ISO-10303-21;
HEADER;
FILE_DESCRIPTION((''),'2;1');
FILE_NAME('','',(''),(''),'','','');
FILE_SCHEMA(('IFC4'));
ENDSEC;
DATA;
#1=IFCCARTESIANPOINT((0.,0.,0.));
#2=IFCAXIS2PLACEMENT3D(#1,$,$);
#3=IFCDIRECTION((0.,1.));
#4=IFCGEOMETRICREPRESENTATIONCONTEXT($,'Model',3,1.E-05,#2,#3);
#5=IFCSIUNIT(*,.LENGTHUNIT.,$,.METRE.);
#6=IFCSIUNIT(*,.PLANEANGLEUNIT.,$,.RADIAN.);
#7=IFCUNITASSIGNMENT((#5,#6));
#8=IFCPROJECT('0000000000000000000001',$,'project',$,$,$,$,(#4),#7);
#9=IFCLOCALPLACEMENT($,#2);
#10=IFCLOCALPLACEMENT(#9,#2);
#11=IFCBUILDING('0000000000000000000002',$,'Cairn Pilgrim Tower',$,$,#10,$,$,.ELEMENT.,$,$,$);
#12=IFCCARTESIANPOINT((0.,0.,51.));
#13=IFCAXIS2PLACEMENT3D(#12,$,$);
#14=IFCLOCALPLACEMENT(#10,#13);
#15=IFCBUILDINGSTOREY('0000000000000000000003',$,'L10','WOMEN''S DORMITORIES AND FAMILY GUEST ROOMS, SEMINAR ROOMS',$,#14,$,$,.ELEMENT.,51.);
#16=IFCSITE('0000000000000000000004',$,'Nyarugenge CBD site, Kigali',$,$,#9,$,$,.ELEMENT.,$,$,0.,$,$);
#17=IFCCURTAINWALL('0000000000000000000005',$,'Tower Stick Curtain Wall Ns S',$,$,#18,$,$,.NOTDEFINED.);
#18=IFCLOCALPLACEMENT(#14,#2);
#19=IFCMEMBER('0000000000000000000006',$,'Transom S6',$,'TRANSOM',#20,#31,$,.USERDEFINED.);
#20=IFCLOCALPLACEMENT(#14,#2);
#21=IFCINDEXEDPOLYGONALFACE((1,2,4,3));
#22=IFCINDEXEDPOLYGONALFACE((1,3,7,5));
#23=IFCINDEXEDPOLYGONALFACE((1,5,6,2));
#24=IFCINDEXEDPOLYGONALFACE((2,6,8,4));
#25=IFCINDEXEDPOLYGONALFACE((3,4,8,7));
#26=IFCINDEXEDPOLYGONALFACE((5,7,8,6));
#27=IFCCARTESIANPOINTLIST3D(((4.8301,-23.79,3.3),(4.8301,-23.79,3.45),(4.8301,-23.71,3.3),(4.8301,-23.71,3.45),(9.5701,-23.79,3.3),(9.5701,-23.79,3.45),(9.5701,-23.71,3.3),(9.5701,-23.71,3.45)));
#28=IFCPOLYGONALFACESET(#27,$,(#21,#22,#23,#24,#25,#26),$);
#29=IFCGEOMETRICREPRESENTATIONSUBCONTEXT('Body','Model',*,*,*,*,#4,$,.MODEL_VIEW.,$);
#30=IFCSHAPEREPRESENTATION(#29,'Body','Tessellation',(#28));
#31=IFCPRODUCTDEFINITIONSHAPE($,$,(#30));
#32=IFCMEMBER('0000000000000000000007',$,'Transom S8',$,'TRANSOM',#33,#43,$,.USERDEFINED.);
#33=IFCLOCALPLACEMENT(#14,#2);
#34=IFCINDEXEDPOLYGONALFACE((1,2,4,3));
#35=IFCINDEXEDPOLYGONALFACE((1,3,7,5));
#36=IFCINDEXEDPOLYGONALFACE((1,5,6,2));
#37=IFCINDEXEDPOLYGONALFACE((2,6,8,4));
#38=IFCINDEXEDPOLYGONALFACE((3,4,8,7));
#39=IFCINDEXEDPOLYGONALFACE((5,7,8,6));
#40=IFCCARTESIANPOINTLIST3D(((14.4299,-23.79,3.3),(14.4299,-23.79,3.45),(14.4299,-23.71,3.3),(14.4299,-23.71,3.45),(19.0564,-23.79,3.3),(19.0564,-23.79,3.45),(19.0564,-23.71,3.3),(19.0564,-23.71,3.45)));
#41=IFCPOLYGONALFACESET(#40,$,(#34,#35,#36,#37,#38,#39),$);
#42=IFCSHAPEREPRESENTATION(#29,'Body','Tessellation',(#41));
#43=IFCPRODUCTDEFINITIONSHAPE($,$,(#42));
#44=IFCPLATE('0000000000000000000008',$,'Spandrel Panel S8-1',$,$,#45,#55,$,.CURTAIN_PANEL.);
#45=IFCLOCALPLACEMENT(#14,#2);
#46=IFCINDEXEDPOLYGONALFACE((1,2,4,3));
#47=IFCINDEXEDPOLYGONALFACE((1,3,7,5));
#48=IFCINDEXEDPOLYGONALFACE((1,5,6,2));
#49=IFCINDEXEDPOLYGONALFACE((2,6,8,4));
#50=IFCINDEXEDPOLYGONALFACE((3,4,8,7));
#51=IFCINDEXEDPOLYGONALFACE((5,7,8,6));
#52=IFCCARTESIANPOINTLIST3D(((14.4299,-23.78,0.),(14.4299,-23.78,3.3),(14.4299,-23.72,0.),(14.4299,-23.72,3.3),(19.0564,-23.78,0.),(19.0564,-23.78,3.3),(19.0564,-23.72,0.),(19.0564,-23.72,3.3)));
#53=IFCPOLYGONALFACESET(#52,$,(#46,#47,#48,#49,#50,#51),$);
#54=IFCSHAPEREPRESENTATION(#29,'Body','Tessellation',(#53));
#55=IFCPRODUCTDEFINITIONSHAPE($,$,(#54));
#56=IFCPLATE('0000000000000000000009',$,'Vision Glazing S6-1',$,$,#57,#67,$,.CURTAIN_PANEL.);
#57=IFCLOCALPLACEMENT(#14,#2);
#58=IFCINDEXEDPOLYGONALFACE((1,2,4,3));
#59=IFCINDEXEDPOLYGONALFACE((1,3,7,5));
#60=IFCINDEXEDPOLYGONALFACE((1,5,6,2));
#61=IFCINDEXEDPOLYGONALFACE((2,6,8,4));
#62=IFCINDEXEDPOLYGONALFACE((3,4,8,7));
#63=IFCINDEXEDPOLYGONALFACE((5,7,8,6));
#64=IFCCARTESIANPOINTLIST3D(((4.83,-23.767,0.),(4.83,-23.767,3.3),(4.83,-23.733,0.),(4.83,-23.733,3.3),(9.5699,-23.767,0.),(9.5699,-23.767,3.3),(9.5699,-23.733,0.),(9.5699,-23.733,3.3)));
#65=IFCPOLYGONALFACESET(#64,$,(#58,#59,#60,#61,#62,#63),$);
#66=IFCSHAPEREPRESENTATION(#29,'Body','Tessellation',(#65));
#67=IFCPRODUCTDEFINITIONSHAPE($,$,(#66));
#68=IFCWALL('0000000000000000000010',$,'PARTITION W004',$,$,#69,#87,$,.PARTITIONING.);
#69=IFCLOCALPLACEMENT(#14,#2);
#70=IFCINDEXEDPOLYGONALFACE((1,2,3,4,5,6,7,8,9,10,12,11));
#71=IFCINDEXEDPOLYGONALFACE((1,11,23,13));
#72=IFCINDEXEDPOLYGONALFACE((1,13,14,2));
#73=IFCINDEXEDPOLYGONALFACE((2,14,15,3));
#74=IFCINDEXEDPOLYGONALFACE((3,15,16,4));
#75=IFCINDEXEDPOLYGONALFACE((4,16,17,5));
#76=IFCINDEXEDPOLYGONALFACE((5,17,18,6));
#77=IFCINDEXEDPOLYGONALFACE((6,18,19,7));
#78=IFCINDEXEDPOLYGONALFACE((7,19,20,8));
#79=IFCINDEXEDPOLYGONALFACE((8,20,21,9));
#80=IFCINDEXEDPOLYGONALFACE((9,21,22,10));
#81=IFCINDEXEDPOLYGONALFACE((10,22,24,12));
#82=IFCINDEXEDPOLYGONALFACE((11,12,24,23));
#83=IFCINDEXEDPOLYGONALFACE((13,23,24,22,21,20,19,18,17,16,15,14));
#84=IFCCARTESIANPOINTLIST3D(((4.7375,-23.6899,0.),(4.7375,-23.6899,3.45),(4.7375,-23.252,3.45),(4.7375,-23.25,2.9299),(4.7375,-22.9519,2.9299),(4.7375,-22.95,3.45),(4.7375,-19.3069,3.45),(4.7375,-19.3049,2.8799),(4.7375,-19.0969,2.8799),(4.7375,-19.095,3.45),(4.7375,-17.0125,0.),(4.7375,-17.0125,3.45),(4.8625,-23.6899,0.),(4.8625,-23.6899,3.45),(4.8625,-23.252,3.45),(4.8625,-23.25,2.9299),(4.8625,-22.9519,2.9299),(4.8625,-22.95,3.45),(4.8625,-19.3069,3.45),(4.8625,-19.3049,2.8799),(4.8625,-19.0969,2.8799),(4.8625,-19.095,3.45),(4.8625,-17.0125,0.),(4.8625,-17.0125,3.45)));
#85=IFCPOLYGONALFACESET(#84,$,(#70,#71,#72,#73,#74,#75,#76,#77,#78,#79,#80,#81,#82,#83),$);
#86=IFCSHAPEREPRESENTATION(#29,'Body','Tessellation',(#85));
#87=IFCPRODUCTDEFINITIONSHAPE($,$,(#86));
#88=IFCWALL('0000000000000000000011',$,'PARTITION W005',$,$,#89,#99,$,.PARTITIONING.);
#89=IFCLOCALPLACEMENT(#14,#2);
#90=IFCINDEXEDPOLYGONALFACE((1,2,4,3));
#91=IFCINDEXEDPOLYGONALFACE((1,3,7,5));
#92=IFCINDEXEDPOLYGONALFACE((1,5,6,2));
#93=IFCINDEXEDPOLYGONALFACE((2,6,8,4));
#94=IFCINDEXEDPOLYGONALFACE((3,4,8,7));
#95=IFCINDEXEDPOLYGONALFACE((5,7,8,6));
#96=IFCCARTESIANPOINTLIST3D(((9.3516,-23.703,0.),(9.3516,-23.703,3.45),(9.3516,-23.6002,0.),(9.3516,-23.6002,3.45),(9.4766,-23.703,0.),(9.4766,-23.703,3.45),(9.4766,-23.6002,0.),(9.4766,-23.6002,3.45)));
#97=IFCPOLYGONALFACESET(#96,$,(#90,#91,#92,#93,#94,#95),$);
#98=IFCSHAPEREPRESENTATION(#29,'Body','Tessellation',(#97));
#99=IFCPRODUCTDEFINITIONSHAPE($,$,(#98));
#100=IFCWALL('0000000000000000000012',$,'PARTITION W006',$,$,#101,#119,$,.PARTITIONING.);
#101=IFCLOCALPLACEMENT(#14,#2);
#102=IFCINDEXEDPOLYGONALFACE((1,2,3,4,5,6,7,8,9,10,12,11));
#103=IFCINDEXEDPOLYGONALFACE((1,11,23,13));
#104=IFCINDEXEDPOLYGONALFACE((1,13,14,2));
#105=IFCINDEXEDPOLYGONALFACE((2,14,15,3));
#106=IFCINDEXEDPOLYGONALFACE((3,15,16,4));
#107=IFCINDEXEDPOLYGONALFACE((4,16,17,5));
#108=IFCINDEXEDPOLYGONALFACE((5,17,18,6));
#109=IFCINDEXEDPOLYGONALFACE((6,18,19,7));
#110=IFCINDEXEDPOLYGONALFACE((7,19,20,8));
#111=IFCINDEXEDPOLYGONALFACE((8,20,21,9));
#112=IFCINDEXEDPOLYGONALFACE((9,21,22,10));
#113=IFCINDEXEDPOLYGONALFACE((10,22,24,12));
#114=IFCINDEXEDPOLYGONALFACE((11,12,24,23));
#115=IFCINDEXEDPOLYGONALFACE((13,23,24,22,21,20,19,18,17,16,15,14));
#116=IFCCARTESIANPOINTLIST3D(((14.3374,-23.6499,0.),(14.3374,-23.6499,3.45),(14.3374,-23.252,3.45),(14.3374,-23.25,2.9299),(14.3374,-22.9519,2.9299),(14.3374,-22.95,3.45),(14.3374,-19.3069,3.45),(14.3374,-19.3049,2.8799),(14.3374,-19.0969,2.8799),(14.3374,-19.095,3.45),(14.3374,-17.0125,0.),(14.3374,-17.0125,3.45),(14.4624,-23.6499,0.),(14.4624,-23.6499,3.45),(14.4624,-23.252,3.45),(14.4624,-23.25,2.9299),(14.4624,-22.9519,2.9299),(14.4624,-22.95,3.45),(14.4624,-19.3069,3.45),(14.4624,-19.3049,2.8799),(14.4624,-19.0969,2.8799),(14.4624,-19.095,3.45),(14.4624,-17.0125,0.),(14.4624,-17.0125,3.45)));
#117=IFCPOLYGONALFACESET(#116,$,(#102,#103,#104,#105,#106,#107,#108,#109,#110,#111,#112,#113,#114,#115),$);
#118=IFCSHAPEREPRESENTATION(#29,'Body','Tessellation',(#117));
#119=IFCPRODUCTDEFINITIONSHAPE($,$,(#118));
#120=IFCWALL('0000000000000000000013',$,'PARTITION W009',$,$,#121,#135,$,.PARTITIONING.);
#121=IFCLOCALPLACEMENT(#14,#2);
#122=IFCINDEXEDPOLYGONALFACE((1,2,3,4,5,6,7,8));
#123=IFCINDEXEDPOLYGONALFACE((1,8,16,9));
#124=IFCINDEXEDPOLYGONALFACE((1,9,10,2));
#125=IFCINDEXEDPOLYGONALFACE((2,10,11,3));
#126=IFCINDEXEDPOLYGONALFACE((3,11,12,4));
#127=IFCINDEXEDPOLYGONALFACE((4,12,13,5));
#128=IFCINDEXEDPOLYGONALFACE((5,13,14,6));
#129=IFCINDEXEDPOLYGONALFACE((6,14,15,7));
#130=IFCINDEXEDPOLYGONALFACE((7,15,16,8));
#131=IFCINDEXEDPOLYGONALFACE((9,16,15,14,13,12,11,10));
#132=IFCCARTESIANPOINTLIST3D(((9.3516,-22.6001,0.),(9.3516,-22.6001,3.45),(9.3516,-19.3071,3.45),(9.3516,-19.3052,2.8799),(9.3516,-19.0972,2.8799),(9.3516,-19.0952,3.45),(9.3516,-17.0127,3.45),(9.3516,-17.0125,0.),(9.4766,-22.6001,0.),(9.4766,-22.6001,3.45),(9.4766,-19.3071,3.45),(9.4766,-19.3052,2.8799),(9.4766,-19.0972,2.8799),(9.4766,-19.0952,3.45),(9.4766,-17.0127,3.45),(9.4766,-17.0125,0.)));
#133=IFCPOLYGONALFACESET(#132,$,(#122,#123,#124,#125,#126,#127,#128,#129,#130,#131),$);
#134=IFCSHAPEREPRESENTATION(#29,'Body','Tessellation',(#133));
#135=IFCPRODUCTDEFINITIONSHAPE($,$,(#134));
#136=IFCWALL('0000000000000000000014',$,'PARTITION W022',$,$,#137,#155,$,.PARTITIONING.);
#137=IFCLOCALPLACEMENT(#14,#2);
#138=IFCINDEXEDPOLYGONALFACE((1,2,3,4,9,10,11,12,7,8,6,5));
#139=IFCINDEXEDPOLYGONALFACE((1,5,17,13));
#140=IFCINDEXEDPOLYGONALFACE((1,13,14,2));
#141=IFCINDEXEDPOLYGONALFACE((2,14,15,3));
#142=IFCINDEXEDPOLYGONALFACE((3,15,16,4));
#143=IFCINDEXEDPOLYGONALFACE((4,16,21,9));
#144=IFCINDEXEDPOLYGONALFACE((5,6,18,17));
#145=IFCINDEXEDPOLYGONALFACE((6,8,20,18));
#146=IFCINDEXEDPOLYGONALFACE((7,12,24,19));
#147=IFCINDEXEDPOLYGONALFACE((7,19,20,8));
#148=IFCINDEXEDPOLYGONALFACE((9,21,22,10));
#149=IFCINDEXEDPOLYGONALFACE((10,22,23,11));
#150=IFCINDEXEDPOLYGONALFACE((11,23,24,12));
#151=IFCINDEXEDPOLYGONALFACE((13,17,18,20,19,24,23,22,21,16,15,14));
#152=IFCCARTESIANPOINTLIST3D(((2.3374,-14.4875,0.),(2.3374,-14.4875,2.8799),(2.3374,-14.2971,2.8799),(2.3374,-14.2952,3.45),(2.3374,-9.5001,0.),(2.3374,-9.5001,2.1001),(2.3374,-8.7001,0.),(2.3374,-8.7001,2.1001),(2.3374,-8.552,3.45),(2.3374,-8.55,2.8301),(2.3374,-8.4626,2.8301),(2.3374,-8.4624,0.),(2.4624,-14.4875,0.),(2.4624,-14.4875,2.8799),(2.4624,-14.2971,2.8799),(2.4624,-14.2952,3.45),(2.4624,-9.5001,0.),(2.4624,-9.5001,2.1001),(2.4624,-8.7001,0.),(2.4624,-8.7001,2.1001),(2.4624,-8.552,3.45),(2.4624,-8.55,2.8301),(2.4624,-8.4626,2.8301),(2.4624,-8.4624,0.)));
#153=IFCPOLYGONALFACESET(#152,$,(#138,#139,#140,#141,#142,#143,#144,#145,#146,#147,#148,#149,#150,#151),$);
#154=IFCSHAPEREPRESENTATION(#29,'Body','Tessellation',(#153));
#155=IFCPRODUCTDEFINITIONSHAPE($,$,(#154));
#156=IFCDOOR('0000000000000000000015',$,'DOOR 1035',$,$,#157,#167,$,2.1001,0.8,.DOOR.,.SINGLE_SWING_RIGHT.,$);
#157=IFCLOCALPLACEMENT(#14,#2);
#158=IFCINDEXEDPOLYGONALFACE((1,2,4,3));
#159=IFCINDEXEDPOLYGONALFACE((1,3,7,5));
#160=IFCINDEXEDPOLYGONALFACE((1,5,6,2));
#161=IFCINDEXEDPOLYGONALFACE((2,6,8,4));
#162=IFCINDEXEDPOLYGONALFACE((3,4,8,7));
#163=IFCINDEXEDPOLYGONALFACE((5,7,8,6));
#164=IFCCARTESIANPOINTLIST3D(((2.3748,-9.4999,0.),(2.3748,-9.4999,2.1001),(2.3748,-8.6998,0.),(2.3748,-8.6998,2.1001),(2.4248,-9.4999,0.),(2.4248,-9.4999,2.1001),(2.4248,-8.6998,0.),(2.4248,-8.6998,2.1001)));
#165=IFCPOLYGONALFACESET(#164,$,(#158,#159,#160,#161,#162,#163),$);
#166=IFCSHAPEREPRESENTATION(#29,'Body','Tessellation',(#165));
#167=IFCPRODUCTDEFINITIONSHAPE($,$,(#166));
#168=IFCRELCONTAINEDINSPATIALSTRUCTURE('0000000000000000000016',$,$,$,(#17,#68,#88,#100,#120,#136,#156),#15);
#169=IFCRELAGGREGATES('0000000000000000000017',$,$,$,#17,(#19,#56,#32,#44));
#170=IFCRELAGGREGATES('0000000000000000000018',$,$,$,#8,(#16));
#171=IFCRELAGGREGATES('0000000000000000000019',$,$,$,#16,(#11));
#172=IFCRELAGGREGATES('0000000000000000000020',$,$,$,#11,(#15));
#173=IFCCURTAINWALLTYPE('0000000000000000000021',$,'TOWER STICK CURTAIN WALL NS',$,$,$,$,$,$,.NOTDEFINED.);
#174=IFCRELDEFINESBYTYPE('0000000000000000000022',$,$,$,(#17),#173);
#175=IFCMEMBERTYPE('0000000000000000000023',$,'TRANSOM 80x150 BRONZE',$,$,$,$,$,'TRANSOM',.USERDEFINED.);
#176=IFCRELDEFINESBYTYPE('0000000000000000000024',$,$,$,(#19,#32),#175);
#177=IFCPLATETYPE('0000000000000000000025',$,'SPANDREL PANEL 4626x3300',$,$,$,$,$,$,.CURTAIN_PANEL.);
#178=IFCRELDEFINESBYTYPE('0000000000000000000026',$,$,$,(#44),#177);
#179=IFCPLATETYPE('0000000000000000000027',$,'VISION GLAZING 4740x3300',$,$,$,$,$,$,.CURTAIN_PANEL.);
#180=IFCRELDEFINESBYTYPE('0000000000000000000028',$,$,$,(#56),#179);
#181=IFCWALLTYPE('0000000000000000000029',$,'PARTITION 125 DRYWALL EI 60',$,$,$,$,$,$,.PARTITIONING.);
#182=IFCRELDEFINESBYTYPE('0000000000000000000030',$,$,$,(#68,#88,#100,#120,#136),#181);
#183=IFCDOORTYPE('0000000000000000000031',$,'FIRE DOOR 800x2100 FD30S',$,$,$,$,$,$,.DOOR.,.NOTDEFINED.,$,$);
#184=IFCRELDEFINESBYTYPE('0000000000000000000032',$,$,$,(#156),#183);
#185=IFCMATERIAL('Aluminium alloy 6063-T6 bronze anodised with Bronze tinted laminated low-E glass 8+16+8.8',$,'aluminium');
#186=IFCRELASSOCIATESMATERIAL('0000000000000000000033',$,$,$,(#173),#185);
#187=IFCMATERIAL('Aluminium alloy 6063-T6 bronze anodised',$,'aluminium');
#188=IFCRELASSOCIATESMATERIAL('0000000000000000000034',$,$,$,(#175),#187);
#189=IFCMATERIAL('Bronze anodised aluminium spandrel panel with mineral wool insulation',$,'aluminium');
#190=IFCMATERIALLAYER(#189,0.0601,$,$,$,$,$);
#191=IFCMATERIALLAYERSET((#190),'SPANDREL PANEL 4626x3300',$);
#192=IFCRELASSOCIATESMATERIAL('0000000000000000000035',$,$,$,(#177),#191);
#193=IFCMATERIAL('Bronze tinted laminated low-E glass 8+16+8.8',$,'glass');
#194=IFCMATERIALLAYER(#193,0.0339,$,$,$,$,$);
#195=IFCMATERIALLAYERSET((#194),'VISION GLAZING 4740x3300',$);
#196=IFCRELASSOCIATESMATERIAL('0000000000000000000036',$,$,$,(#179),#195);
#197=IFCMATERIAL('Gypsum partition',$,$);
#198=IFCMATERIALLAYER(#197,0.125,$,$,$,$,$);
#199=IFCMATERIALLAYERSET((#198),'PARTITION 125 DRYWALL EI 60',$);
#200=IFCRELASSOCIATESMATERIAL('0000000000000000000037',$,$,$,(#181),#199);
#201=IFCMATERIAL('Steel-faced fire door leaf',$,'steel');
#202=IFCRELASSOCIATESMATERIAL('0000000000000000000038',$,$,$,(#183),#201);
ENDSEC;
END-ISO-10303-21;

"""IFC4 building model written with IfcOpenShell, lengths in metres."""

from ifc_helpers import new_model, si_unit, direction, frame, frame_2d, origin, origin_2d, place, context, subcontext, project, spatial, polyline, rectangle, outline, extrude, material, layer, layer_set, material_profile, profile_set, type_object, element, fill, aggregate, save


model = new_model("IFC4")

# Units and contexts
model_context = context("Model", 3, precision=1e-05, world=origin(), true_north=direction((0.0, 1.0)))
body_context = subcontext(model_context, "Body", "Model", "MODEL_VIEW")
ifc_project = project(units=[si_unit("LENGTHUNIT", "METRE"), si_unit("PLANEANGLEUNIT", "RADIAN")], contexts=[model_context])

# Site, building, storey
site_placement = place(None, origin())
site = spatial("IfcSite", under=ifc_project, at=site_placement, Name="Nyarugenge CBD site, Kigali", CompositionType="ELEMENT", RefElevation=0.0)
building_placement = place(site_placement, origin())
building = spatial("IfcBuilding", under=site, at=building_placement, Name="Cairn Pilgrim Tower", CompositionType="ELEMENT")
storey_placement = place(building_placement, frame((0.0, 0.0, 51.0)))
storey = spatial("IfcBuildingStorey", under=building, at=storey_placement, Name="L10", Description="WOMEN'S DORMITORIES AND FAMILY GUEST ROOMS, SEMINAR ROOMS", CompositionType="ELEMENT", Elevation=51.0)

# Curtain wall
ifc_material_1 = material(Name="Aluminium alloy 6063-T6 bronze anodised with Bronze tinted laminated low-E glass 8+16+8.8", Category="aluminium")
curtain_wall_type = type_object("IfcCurtainWallType", Name="TOWER STICK CURTAIN WALL NS", PredefinedType="NOTDEFINED", material=ifc_material_1)
curtain_wall_placement = place(storey_placement, origin())
curtain_wall = element("IfcCurtainWall", 1, at=curtain_wall_placement, inside=storey, type_object=curtain_wall_type, Name="Tower Stick Curtain Wall Ns S", PredefinedType="NOTDEFINED")
ifc_material_2 = material(Name="Aluminium alloy 6063-T6 bronze anodised", Category="aluminium")

# Members
ifc_material_profile_1 = material_profile(ifc_material_2, rectangle(XDim=0.0801, YDim=0.1499, at=origin_2d()), Name="TRANSOM 80x150 BRONZE")
ifc_profile_set_1 = profile_set([ifc_material_profile_1], Name="Aluminium alloy 6063-T6 bronze anodised")
member_type_1 = type_object("IfcMemberType", Name="TRANSOM 80x150 BRONZE", ElementType="TRANSOM", PredefinedType="USERDEFINED", material=ifc_profile_set_1)
member_1_placement = place(storey_placement, frame((4.8301, -23.75, 3.375), z_axis=(1.0, 0.0, 0.0), x_axis=(0.0, 1.0, 0.0)))
member_1 = element("IfcMember", 2, at=member_1_placement, type_object=member_type_1, Name="Transom S6", ObjectType="TRANSOM", PredefinedType="USERDEFINED", context=body_context, shape_type="SweptSolid", body=[
    extrude(rectangle(XDim=0.0801, YDim=0.1499, at=origin_2d()), origin(), (0.0, 0.0, 1.0), 4.74),
])
member_2_placement = place(storey_placement, frame((14.4299, -23.75, 3.375), z_axis=(1.0, 0.0, 0.0), x_axis=(0.0, 1.0, 0.0)))
member_2 = element("IfcMember", 3, at=member_2_placement, type_object=member_type_1, Name="Transom S8", ObjectType="TRANSOM", PredefinedType="USERDEFINED", context=body_context, shape_type="SweptSolid", body=[
    extrude(rectangle(XDim=0.0801, YDim=0.1499, at=origin_2d()), origin(), (0.0, 0.0, 1.0), 4.6265),
])

# Plates
ifc_material_3 = material(Name="Bronze anodised aluminium spandrel panel with mineral wool insulation", Category="aluminium")
ifc_layer_1 = layer(ifc_material_3, 0.0601)
ifc_layer_set_1 = layer_set([ifc_layer_1], Name="SPANDREL PANEL 4626x3300")
plate_type_1 = type_object("IfcPlateType", Name="SPANDREL PANEL 4626x3300", PredefinedType="CURTAIN_PANEL", material=ifc_layer_set_1)
plate_1_placement = place(storey_placement, frame((16.7432, -23.75, 0.0), z_axis=(0.0, 0.0, 1.0), x_axis=(1.0, 0.0, 0.0)))
plate_1 = element("IfcPlate", 4, at=plate_1_placement, type_object=plate_type_1, Name="Spandrel Panel S8-1", PredefinedType="CURTAIN_PANEL", context=body_context, shape_type="SweptSolid", body=[
    extrude(rectangle(XDim=4.6265, YDim=0.0601, at=origin_2d()), origin(), (0.0, 0.0, 1.0), 3.3),
])
ifc_material_4 = material(Name="Bronze tinted laminated low-E glass 8+16+8.8", Category="glass")
ifc_layer_2 = layer(ifc_material_4, 0.0339)
ifc_layer_set_2 = layer_set([ifc_layer_2], Name="VISION GLAZING 4740x3300")
plate_type_2 = type_object("IfcPlateType", Name="VISION GLAZING 4740x3300", PredefinedType="CURTAIN_PANEL", material=ifc_layer_set_2)
plate_2_placement = place(storey_placement, frame((7.2, -23.75, 0.0), z_axis=(0.0, 0.0, 1.0), x_axis=(1.0, 0.0, 0.0)))
plate_2 = element("IfcPlate", 5, at=plate_2_placement, type_object=plate_type_2, Name="Vision Glazing S6-1", PredefinedType="CURTAIN_PANEL", context=body_context, shape_type="SweptSolid", body=[
    extrude(rectangle(XDim=4.74, YDim=0.0339, at=origin_2d()), origin(), (0.0, 0.0, 1.0), 3.3),
])
aggregate(curtain_wall, [member_1, plate_2, member_2, plate_1])

# Walls
ifc_material_5 = material(Name="Gypsum partition")
ifc_layer_3 = layer(ifc_material_5, 0.125)
ifc_layer_set_3 = layer_set([ifc_layer_3], Name="PARTITION 125 DRYWALL EI 60")
wall_type_1 = type_object("IfcWallType", Name="PARTITION 125 DRYWALL EI 60", PredefinedType="PARTITIONING", material=ifc_layer_set_3)
wall_1_placement = place(storey_placement, frame((4.8, -23.6899, 0.0), z_axis=(0.0, 0.0, 1.0), x_axis=(0.0, 1.0, 0.0)))
element("IfcWall", 6, at=wall_1_placement, inside=storey, type_object=wall_type_1, Name="PARTITION W004", PredefinedType="PARTITIONING", context=body_context, shape_type="SweptSolid", body=[
    extrude(outline(polyline([(0.0, 0.0), (6.6775, 0.0), (6.6775, 3.45), (4.595, 3.45), (4.593, 2.8799), (4.385, 2.8799), (4.3831, 3.45), (0.74, 3.45), (0.738, 2.9299), (0.4399, 2.9299), (0.438, 3.45), (0.0, 3.45), (0.0, 0.0)])), frame((0.0, 0.0625, 0.0), z_axis=(0.0, -1.0, 0.0), x_axis=(1.0, 0.0, 0.0)), (0.0, 0.0, 1.0), 0.125),
])
wall_2_placement = place(storey_placement, frame((9.4141, -23.7029, 0.0), z_axis=(0.0, 0.0, 1.0), x_axis=(0.0, 1.0, 0.0)))
element("IfcWall", 7, at=wall_2_placement, inside=storey, type_object=wall_type_1, Name="PARTITION W005", PredefinedType="PARTITIONING", context=body_context, shape_type="SweptSolid", body=[
    extrude(rectangle(XDim=0.1028, YDim=0.125, at=frame_2d((0.0513, 0.0))), origin(), (0.0, 0.0, 1.0), 3.45),
])
wall_3_placement = place(storey_placement, frame((14.3999, -23.6499, 0.0), z_axis=(0.0, 0.0, 1.0), x_axis=(0.0, 1.0, 0.0)))
element("IfcWall", 8, at=wall_3_placement, inside=storey, type_object=wall_type_1, Name="PARTITION W006", PredefinedType="PARTITIONING", context=body_context, shape_type="SweptSolid", body=[
    extrude(outline(polyline([(0.0, 0.0), (6.6375, 0.0), (6.6375, 3.45), (4.5549, 3.45), (4.553, 2.8799), (4.345, 2.8799), (4.343, 3.45), (0.7, 3.45), (0.698, 2.9299), (0.3999, 2.9299), (0.3979, 3.45), (0.0, 3.45), (0.0, 0.0)])), frame((0.0, 0.0625, 0.0), z_axis=(0.0, -1.0, 0.0), x_axis=(1.0, 0.0, 0.0)), (0.0, 0.0, 1.0), 0.125),
])
wall_4_placement = place(storey_placement, frame((9.4141, -22.6001, 0.0), z_axis=(0.0, 0.0, 1.0), x_axis=(0.0, 1.0, 0.0)))
element("IfcWall", 9, at=wall_4_placement, inside=storey, type_object=wall_type_1, Name="PARTITION W009", PredefinedType="PARTITIONING", context=body_context, shape_type="SweptSolid", body=[
    extrude(outline(polyline([(0.0, 0.0), (5.5876, 0.0), (5.5874, 3.45), (3.5049, 3.45), (3.5029, 2.8799), (3.2949, 2.8799), (3.293, 3.45), (0.0, 3.45), (0.0, 0.0)])), frame((0.0, 0.0625, 0.0), z_axis=(0.0, -1.0, 0.0), x_axis=(1.0, 0.0, 0.0)), (0.0, 0.0, 1.0), 0.125),
])

# Wall, opening, door
wall_5_placement = place(storey_placement, frame((2.3999, -14.4875, 0.0), z_axis=(0.0, 0.0, 1.0), x_axis=(0.0, 1.0, 0.0)))
wall_5 = element("IfcWall", 10, at=wall_5_placement, inside=storey, type_object=wall_type_1, Name="PARTITION W022", PredefinedType="PARTITIONING", context=body_context, shape_type="SweptSolid", body=[
    extrude(outline(polyline([(0.0, 0.0), (6.0251, 0.0), (6.0249, 2.8301), (5.9375, 2.8301), (5.9355, 3.45), (0.1924, 3.45), (0.1904, 2.8799), (0.0, 2.8799), (0.0, 0.0)])), frame((0.0, 0.0625, 0.0), z_axis=(0.0, -1.0, 0.0), x_axis=(1.0, 0.0, 0.0)), (0.0, 0.0, 1.0), 0.125),
])
opening_1_placement = place(wall_5_placement, frame((4.9875, 0.0, 0.0)))
opening_1 = element("IfcOpeningElement", 11, at=opening_1_placement, cuts=wall_5, PredefinedType="OPENING", context=body_context, shape_type="SweptSolid", body=[
    extrude(rectangle(XDim=0.8, YDim=2.1001, at=frame_2d((0.3999, 1.05))), frame((0.0, 0.0725, 0.0), z_axis=(0.0, -1.0, 0.0), x_axis=(1.0, 0.0, 0.0)), (0.0, 0.0, 1.0), 0.145),
])
ifc_material_6 = material(Name="Steel-faced fire door leaf", Category="steel")
door_type_1 = type_object("IfcDoorType", Name="FIRE DOOR 800x2100 FD30S", OperationType="NOTDEFINED", PredefinedType="DOOR", material=ifc_material_6)
door_1_placement = place(opening_1_placement, frame((0.8, 0.0, 0.0), z_axis=(0.0, 0.0, 1.0), x_axis=(-1.0, 0.0, 0.0)))
door_1 = element("IfcDoor", 12, at=door_1_placement, inside=storey, type_object=door_type_1, Name="DOOR 1035", OperationType="SINGLE_SWING_RIGHT", OverallHeight=2.1001, OverallWidth=0.8, PredefinedType="DOOR", context=body_context, shape_type="SweptSolid", body=[
    extrude(rectangle(XDim=0.8, YDim=2.1001, at=frame_2d((0.3999, 1.05))), frame((0.0, 0.0249, 0.0), z_axis=(0.0, -1.0, 0.0), x_axis=(1.0, 0.0, 0.0)), (0.0, 0.0, 1.0), 0.05),
])
fill(opening_1, door_1)

save(model, "model.ifc")
